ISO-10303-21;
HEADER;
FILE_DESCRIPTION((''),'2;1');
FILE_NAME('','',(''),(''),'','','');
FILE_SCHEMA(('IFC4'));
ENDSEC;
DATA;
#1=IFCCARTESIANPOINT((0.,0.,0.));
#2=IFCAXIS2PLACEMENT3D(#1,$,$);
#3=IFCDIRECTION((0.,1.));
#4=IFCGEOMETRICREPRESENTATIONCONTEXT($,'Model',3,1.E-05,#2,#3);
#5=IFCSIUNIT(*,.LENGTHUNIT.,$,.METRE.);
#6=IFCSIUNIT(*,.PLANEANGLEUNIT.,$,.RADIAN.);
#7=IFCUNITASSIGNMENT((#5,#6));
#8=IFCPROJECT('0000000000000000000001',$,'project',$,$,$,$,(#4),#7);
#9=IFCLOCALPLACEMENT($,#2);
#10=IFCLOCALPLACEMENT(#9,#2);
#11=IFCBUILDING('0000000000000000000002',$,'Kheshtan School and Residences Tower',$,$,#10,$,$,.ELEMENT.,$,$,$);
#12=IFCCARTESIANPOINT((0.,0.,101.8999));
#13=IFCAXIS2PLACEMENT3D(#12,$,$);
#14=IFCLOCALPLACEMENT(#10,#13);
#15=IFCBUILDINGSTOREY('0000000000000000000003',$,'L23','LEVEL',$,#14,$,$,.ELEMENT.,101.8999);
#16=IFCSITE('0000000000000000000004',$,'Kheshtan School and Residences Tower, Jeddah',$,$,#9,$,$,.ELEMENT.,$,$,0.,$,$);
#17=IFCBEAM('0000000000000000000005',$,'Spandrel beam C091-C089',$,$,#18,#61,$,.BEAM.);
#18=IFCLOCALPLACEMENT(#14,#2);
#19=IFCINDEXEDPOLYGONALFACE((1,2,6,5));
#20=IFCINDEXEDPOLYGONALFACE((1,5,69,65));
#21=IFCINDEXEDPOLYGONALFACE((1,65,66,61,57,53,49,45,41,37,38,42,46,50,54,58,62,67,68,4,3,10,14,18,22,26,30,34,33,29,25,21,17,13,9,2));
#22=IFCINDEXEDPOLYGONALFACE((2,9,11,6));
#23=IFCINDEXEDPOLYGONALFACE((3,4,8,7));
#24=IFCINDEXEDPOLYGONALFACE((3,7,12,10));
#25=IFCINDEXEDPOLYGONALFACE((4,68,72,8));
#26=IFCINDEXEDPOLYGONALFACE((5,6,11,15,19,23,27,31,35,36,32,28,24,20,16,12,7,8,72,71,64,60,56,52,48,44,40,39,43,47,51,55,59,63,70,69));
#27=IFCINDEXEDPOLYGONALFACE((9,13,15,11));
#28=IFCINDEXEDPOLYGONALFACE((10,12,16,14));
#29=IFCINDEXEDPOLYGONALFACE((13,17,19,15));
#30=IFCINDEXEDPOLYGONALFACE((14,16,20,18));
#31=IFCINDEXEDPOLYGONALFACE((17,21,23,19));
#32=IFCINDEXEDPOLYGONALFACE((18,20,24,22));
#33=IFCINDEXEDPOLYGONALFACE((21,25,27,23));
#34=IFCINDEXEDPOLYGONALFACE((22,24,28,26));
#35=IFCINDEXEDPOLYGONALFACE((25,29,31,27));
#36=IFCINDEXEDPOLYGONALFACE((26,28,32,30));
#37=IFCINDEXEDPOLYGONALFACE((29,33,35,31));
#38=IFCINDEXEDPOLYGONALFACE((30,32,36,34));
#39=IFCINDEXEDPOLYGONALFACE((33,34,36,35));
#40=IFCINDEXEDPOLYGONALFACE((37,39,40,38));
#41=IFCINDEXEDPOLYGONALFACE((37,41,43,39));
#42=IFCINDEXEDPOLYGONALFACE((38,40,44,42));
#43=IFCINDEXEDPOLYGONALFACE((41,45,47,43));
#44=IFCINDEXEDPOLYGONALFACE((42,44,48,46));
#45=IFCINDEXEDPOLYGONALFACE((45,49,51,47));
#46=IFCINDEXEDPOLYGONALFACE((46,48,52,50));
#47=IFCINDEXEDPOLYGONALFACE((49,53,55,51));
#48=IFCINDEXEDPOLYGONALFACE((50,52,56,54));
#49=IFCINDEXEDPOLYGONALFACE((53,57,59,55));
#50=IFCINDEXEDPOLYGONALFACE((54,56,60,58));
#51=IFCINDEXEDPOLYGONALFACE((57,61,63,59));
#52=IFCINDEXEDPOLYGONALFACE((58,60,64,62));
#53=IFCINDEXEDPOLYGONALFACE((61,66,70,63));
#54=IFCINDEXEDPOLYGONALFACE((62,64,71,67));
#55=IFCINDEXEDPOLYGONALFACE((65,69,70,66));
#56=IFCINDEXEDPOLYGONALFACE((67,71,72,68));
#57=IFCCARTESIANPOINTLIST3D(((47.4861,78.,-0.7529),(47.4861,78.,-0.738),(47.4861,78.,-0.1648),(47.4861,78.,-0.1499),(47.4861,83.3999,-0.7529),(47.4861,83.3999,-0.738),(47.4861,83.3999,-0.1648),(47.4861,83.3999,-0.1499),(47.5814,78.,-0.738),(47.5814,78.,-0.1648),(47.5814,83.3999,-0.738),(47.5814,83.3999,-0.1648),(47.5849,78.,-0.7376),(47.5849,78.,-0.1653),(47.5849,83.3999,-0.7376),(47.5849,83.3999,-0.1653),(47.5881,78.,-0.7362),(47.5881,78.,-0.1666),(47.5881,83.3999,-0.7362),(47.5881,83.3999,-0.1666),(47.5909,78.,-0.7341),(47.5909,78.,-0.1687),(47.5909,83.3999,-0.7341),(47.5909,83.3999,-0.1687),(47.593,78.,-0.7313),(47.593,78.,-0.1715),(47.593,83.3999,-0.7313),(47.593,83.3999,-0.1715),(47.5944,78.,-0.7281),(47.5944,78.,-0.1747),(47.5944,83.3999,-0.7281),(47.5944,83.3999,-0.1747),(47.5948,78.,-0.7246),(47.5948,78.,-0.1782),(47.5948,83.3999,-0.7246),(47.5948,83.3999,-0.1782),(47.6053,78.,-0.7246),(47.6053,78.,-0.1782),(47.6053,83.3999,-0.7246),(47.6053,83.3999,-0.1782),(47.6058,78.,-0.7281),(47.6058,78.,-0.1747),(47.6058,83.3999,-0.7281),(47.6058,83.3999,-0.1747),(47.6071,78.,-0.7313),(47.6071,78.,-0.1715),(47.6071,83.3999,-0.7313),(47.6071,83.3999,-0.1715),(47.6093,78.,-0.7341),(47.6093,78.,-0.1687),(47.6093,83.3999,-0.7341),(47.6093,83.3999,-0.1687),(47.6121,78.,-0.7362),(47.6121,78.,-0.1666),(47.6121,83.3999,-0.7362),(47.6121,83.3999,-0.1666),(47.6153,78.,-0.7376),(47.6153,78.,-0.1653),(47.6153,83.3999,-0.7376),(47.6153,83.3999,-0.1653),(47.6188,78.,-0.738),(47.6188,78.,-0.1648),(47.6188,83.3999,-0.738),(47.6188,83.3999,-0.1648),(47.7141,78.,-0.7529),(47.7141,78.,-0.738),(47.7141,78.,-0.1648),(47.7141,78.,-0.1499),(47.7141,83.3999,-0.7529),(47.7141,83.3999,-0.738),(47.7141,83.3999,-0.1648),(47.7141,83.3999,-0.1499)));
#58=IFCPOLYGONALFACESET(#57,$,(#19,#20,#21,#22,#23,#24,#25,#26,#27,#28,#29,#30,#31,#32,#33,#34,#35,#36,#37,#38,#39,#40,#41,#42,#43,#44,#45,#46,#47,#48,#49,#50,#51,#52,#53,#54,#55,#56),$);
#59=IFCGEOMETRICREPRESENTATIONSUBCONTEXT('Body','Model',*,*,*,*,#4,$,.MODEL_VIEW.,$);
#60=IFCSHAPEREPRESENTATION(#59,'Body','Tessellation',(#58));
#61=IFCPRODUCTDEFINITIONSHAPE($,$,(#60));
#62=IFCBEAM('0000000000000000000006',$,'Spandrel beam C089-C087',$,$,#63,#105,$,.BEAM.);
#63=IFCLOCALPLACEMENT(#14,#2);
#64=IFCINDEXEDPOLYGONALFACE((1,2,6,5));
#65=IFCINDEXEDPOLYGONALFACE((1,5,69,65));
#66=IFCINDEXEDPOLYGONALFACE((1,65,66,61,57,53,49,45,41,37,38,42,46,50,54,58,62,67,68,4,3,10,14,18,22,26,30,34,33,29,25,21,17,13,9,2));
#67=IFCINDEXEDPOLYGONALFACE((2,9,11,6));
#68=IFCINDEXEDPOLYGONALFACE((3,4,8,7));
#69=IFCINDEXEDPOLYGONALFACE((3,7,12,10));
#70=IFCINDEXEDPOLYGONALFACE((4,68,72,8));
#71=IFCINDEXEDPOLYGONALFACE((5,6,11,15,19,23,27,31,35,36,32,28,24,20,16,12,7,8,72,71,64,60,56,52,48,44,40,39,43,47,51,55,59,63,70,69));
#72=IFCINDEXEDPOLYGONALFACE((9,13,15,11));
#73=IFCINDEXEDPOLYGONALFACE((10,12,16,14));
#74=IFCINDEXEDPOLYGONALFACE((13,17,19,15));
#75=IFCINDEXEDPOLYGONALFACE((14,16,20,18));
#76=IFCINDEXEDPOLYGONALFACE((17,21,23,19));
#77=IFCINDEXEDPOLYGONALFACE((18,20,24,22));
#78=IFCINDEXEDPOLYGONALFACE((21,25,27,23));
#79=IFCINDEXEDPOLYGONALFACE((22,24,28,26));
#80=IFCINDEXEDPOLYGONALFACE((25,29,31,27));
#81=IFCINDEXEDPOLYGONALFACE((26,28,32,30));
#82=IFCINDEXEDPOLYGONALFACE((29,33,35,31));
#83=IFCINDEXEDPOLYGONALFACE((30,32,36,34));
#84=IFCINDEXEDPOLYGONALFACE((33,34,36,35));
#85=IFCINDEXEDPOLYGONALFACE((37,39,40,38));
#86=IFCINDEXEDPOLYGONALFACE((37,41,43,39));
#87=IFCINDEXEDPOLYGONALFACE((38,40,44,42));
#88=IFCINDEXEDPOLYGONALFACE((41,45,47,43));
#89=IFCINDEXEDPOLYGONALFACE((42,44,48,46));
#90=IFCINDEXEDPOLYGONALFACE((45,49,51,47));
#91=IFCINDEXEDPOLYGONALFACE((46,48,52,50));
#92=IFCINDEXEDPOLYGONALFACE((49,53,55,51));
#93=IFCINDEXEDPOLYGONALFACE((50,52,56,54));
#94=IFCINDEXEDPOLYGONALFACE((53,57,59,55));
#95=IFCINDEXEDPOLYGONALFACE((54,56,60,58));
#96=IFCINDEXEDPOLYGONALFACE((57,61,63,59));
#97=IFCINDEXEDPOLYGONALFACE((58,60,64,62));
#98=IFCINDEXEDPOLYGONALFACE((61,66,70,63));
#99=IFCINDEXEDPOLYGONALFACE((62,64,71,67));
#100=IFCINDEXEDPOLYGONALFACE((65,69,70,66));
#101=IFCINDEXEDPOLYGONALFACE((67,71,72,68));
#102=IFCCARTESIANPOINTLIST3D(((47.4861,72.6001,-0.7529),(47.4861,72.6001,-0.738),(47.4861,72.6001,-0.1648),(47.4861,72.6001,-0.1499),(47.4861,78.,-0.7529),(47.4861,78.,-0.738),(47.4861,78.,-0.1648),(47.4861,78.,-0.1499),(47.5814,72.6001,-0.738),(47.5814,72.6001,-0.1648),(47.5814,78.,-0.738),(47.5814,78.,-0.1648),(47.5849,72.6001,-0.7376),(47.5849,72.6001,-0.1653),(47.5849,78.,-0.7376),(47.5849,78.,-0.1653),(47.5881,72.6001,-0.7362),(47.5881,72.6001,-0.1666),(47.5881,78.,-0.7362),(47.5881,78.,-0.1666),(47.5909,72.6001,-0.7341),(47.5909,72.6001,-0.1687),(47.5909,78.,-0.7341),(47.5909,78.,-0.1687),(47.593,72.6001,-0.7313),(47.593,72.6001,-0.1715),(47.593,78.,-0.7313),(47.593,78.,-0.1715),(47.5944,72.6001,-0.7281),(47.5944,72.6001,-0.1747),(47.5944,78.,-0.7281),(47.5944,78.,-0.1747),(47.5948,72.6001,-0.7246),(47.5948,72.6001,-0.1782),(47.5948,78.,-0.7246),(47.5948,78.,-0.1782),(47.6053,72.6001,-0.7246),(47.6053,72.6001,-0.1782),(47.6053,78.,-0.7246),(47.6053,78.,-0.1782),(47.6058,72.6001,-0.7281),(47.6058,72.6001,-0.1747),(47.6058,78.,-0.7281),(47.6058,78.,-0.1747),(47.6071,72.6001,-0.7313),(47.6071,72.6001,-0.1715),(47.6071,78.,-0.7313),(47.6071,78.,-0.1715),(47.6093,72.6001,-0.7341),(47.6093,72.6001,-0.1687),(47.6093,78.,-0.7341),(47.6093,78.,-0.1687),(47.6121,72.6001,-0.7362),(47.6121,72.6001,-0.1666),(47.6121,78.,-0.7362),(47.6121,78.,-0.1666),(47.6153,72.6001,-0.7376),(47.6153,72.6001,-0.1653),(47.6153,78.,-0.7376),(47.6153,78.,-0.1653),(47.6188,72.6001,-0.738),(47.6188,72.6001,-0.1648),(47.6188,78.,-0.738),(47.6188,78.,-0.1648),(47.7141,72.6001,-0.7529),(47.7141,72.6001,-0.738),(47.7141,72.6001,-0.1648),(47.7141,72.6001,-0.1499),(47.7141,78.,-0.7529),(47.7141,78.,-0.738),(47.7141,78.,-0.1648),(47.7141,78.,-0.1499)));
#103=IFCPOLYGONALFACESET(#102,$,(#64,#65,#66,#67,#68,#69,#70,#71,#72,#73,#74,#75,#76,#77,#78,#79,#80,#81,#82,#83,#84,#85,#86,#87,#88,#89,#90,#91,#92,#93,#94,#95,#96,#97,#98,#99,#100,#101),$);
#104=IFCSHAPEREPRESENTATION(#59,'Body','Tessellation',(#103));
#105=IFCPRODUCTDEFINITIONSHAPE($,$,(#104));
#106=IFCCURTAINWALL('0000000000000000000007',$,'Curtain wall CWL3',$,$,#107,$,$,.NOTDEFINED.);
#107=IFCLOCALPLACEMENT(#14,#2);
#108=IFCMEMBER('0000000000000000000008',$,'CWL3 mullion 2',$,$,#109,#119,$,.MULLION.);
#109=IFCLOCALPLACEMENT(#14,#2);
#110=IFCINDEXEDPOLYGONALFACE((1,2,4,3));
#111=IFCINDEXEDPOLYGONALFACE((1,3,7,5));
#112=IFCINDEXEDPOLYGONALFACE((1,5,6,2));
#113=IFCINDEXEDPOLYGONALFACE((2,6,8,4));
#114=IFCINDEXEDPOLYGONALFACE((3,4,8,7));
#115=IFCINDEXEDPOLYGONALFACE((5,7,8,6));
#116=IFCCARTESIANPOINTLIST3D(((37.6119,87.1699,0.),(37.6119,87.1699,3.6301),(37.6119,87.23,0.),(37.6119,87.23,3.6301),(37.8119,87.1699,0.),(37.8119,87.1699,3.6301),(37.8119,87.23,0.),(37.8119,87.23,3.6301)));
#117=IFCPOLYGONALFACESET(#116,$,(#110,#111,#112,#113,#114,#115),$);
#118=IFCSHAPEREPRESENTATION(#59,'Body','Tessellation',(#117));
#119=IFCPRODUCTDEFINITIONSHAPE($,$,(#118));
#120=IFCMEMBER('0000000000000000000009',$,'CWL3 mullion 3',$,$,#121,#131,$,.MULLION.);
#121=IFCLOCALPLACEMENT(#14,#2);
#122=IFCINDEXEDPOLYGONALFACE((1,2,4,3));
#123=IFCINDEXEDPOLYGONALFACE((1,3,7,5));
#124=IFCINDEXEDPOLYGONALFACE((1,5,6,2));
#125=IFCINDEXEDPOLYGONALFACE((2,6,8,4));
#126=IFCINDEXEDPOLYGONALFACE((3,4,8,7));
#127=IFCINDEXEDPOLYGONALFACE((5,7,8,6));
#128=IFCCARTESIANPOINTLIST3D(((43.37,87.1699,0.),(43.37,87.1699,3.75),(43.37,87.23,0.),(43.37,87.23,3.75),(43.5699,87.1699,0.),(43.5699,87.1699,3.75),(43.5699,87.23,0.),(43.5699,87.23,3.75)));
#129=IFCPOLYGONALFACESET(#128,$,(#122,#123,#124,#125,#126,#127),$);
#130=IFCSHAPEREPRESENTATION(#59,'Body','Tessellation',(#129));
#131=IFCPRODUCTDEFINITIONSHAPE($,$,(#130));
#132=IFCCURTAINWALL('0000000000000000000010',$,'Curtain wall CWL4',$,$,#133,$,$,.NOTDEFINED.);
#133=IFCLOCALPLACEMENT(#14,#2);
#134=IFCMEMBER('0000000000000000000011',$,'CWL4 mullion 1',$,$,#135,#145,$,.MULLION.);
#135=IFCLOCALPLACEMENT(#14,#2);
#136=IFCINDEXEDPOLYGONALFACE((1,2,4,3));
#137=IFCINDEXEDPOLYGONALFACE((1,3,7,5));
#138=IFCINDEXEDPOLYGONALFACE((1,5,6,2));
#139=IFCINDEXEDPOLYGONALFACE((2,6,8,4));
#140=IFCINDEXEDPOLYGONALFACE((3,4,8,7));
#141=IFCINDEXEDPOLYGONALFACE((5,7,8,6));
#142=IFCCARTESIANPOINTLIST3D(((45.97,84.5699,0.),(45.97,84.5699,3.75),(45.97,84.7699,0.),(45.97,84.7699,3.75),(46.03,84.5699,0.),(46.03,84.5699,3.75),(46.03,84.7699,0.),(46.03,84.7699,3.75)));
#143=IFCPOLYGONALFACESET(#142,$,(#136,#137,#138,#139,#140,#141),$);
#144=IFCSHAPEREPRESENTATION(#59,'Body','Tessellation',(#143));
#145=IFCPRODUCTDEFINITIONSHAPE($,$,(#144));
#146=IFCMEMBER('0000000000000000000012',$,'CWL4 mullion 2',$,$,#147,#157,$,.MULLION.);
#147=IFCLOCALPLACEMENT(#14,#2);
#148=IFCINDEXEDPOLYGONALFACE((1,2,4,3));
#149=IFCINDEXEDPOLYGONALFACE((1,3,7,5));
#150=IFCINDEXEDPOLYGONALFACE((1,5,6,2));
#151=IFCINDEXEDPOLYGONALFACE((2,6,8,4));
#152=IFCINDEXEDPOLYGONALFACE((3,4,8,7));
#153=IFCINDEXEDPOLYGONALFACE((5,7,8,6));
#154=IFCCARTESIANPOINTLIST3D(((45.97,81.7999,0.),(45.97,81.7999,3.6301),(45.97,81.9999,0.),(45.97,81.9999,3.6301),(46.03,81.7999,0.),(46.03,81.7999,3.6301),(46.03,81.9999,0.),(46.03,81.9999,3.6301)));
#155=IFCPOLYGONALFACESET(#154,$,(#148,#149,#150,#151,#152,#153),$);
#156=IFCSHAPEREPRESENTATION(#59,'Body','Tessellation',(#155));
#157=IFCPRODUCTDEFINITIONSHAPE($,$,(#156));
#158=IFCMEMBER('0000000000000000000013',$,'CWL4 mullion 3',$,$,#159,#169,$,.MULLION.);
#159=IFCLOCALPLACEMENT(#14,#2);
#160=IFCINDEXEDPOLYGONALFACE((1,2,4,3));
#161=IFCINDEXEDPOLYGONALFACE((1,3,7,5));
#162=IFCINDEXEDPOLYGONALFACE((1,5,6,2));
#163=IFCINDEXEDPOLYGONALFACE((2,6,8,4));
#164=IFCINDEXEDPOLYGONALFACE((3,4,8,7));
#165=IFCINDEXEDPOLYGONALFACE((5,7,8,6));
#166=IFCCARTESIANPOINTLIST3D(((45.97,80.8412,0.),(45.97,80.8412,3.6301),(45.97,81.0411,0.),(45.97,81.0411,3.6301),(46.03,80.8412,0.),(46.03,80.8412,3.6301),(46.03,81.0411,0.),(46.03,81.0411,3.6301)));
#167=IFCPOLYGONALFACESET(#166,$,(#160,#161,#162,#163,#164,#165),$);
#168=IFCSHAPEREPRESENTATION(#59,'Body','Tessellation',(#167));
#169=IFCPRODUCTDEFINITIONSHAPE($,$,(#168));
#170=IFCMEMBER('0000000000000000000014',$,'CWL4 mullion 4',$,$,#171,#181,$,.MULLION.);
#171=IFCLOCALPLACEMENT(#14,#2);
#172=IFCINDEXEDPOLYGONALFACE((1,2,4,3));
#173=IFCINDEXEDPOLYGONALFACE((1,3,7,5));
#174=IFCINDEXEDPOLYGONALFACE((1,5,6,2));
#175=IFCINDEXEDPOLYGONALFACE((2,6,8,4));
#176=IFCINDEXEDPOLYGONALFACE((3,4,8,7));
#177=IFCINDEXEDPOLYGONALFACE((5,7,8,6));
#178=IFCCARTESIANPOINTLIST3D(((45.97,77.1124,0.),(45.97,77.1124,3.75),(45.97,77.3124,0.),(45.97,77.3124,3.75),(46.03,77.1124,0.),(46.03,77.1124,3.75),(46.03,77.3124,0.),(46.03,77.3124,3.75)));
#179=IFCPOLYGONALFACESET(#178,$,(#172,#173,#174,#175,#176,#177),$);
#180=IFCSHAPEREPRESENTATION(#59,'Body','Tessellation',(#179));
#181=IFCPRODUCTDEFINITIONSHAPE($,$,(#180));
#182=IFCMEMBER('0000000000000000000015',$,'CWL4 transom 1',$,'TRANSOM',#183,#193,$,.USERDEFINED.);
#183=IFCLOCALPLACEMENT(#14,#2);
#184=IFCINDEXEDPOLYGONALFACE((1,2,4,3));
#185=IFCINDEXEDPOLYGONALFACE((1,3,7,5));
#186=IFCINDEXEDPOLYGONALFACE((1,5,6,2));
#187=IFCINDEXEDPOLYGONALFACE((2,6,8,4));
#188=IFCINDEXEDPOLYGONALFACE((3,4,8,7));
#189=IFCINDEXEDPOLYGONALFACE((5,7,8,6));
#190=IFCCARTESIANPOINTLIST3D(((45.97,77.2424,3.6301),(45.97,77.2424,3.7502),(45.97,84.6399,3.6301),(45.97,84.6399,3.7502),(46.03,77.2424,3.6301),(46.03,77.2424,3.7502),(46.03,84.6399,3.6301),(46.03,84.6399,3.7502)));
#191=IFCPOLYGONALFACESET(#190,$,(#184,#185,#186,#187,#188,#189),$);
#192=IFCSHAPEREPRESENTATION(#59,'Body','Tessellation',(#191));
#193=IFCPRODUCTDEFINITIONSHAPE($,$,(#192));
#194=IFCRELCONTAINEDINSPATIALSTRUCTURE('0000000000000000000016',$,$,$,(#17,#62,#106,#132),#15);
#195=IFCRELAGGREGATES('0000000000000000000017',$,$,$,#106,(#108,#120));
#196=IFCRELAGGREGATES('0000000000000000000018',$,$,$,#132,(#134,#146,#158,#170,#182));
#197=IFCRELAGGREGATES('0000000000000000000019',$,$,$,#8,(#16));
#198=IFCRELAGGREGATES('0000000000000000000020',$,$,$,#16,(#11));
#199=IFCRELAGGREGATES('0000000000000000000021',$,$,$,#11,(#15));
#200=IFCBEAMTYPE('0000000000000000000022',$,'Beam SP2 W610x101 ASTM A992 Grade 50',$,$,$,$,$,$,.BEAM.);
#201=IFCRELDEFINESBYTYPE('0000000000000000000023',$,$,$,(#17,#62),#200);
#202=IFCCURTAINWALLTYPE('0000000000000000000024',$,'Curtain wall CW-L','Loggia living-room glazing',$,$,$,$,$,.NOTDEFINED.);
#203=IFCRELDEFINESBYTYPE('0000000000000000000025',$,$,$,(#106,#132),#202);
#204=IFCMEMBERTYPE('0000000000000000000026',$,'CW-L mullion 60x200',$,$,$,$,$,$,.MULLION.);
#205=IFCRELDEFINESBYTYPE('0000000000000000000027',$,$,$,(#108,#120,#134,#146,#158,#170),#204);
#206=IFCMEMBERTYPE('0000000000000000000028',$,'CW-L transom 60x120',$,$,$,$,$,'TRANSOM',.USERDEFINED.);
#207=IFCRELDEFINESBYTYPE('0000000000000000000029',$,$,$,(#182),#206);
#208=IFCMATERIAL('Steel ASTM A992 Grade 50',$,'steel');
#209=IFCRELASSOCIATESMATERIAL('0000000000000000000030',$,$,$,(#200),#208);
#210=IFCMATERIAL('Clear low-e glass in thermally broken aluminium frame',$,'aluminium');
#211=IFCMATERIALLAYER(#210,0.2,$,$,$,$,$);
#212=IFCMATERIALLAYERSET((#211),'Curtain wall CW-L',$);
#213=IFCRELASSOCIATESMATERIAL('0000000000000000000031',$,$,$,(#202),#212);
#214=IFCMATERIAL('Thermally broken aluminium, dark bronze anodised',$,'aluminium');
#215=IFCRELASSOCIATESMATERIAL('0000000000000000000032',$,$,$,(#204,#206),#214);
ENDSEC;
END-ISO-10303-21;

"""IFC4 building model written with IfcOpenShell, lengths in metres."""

from ifc_helpers import new_model, si_unit, direction, frame, origin, origin_2d, place, context, subcontext, project, spatial, rectangle, i_section, extrude, material, layer, layer_set, material_profile, profile_set, type_object, element, aggregate, save


model = new_model("IFC4")

# Units and contexts
model_context = context("Model", 3, precision=1e-05, world=origin(), true_north=direction((0.0, 1.0)))
body_context = subcontext(model_context, "Body", "Model", "MODEL_VIEW")
ifc_project = project(units=[si_unit("LENGTHUNIT", "METRE"), si_unit("PLANEANGLEUNIT", "RADIAN")], contexts=[model_context])

# Site, building, storey
site_placement = place(None, origin())
site = spatial("IfcSite", under=ifc_project, at=site_placement, Name="Kheshtan School and Residences Tower, Jeddah", CompositionType="ELEMENT", RefElevation=0.0)
building_placement = place(site_placement, origin())
building = spatial("IfcBuilding", under=site, at=building_placement, Name="Kheshtan School and Residences Tower", CompositionType="ELEMENT")
storey_placement = place(building_placement, frame((0.0, 0.0, 101.8999)))
storey = spatial("IfcBuildingStorey", under=building, at=storey_placement, Name="L23", Description="LEVEL", CompositionType="ELEMENT", Elevation=101.8999)

# Shared definitions
ifc_material_1 = material(Name="Steel ASTM A992 Grade 50", Category="steel")

# Beams
ifc_material_profile_1 = material_profile(ifc_material_1, i_section(OverallWidth=0.228, OverallDepth=0.603, WebThickness=0.0105, FlangeThickness=0.0149, FilletRadius=0.0134, at=origin_2d()), Name="W610x101")
ifc_profile_set_1 = profile_set([ifc_material_profile_1], Name="Steel ASTM A992 Grade 50")
beam_type = type_object("IfcBeamType", Name="Beam SP2 W610x101 ASTM A992 Grade 50", PredefinedType="BEAM", material=ifc_profile_set_1)
for number, where, z_axis, x_axis, name in (
    (1, (47.6001, 83.3999, -0.4514), (0.0, -1.0, 0.0), (1.0, 0.0, 0.0), "Spandrel beam C091-C089"),
    (2, (47.6001, 78.0, -0.4514), (0.0, -1.0, 0.0), (1.0, 0.0, 0.0), "Spandrel beam C089-C087"),
):
    element("IfcBeam", number, at=place(storey_placement, frame(where, z_axis=z_axis, x_axis=x_axis)), inside=storey, type_object=beam_type, Name=name, PredefinedType="BEAM", context=body_context, shape_type="SweptSolid", body=[
        extrude(i_section(OverallWidth=0.228, OverallDepth=0.603, WebThickness=0.0105, FlangeThickness=0.0149, FilletRadius=0.0134, at=origin_2d()), origin(), (0.0, 0.0, 1.0), 5.3999),
    ])

# Curtain walls, members
ifc_material_2 = material(Name="Clear low-e glass in thermally broken aluminium frame", Category="aluminium")
ifc_layer_1 = layer(ifc_material_2, 0.2)
ifc_layer_set_1 = layer_set([ifc_layer_1], Name="Curtain wall CW-L")
curtain_wall_type = type_object("IfcCurtainWallType", Name="Curtain wall CW-L", Description="Loggia living-room glazing", PredefinedType="NOTDEFINED", material=ifc_layer_set_1)
curtain_wall_1_placement = place(storey_placement, origin())
curtain_wall_1 = element("IfcCurtainWall", 3, at=curtain_wall_1_placement, inside=storey, type_object=curtain_wall_type, Name="Curtain wall CWL3", PredefinedType="NOTDEFINED")
ifc_material_3 = material(Name="Thermally broken aluminium, dark bronze anodised", Category="aluminium")
ifc_material_profile_2 = material_profile(ifc_material_3, rectangle(XDim=0.0601, YDim=0.2, at=origin_2d()), Name="CW-L mullion 60x200")
ifc_profile_set_2 = profile_set([ifc_material_profile_2], Name="Thermally broken aluminium, dark bronze anodised")
member_type_1 = type_object("IfcMemberType", Name="CW-L mullion 60x200", PredefinedType="MULLION", material=ifc_profile_set_2)
member_1_placement = place(storey_placement, frame((37.7119, 87.2, 0.0), z_axis=(0.0, 0.0, 1.0), x_axis=(0.0, 1.0, 0.0)))
member_1 = element("IfcMember", 4, at=member_1_placement, type_object=member_type_1, Name="CWL3 mullion 2", PredefinedType="MULLION", context=body_context, shape_type="SweptSolid", body=[
    extrude(rectangle(XDim=0.0601, YDim=0.2, at=origin_2d()), origin(), (0.0, 0.0, 1.0), 3.6301),
])
member_2_placement = place(storey_placement, frame((43.47, 87.2, 0.0), z_axis=(0.0, 0.0, 1.0), x_axis=(0.0, 1.0, 0.0)))
member_2 = element("IfcMember", 5, at=member_2_placement, type_object=member_type_1, Name="CWL3 mullion 3", PredefinedType="MULLION", context=body_context, shape_type="SweptSolid", body=[
    extrude(rectangle(XDim=0.0601, YDim=0.2, at=origin_2d()), origin(), (0.0, 0.0, 1.0), 3.75),
])
curtain_wall_2_placement = place(storey_placement, origin())
curtain_wall_2 = element("IfcCurtainWall", 6, at=curtain_wall_2_placement, inside=storey, type_object=curtain_wall_type, Name="Curtain wall CWL4", PredefinedType="NOTDEFINED")
member_3_placement = place(storey_placement, frame((46.0, 84.6699, 0.0), z_axis=(0.0, 0.0, 1.0), x_axis=(1.0, 0.0, 0.0)))
member_3 = element("IfcMember", 7, at=member_3_placement, type_object=member_type_1, Name="CWL4 mullion 1", PredefinedType="MULLION", context=body_context, shape_type="SweptSolid", body=[
    extrude(rectangle(XDim=0.0601, YDim=0.2, at=origin_2d()), origin(), (0.0, 0.0, 1.0), 3.75),
])
member_4_placement = place(storey_placement, frame((46.0, 81.8999, 0.0), z_axis=(0.0, 0.0, 1.0), x_axis=(1.0, 0.0, 0.0)))
member_4 = element("IfcMember", 8, at=member_4_placement, type_object=member_type_1, Name="CWL4 mullion 2", PredefinedType="MULLION", context=body_context, shape_type="SweptSolid", body=[
    extrude(rectangle(XDim=0.0601, YDim=0.2, at=origin_2d()), origin(), (0.0, 0.0, 1.0), 3.6301),
])
member_5_placement = place(storey_placement, frame((46.0, 80.9412, 0.0), z_axis=(0.0, 0.0, 1.0), x_axis=(1.0, 0.0, 0.0)))
member_5 = element("IfcMember", 9, at=member_5_placement, type_object=member_type_1, Name="CWL4 mullion 3", PredefinedType="MULLION", context=body_context, shape_type="SweptSolid", body=[
    extrude(rectangle(XDim=0.0601, YDim=0.2, at=origin_2d()), origin(), (0.0, 0.0, 1.0), 3.6301),
])
member_6_placement = place(storey_placement, frame((46.0, 77.2124, 0.0), z_axis=(0.0, 0.0, 1.0), x_axis=(1.0, 0.0, 0.0)))
member_6 = element("IfcMember", 10, at=member_6_placement, type_object=member_type_1, Name="CWL4 mullion 4", PredefinedType="MULLION", context=body_context, shape_type="SweptSolid", body=[
    extrude(rectangle(XDim=0.0601, YDim=0.2, at=origin_2d()), origin(), (0.0, 0.0, 1.0), 3.75),
])
ifc_material_profile_3 = material_profile(ifc_material_3, rectangle(XDim=0.0601, YDim=0.1201, at=origin_2d()), Name="CW-L transom 60x120")
ifc_profile_set_3 = profile_set([ifc_material_profile_3], Name="Thermally broken aluminium, dark bronze anodised")
member_type_2 = type_object("IfcMemberType", Name="CW-L transom 60x120", ElementType="TRANSOM", PredefinedType="USERDEFINED", material=ifc_profile_set_3)
member_7_placement = place(storey_placement, frame((46.0, 84.6399, 3.6902), z_axis=(0.0, -1.0, 0.0), x_axis=(1.0, 0.0, 0.0)))
member_7 = element("IfcMember", 11, at=member_7_placement, type_object=member_type_2, Name="CWL4 transom 1", ObjectType="TRANSOM", PredefinedType="USERDEFINED", context=body_context, shape_type="SweptSolid", body=[
    extrude(rectangle(XDim=0.0601, YDim=0.1201, at=origin_2d()), origin(), (0.0, 0.0, 1.0), 7.3975),
])

aggregate(curtain_wall_1, [member_1, member_2])
aggregate(curtain_wall_2, [member_3, member_4, member_5, member_6, member_7])

save(model, "model.ifc")
